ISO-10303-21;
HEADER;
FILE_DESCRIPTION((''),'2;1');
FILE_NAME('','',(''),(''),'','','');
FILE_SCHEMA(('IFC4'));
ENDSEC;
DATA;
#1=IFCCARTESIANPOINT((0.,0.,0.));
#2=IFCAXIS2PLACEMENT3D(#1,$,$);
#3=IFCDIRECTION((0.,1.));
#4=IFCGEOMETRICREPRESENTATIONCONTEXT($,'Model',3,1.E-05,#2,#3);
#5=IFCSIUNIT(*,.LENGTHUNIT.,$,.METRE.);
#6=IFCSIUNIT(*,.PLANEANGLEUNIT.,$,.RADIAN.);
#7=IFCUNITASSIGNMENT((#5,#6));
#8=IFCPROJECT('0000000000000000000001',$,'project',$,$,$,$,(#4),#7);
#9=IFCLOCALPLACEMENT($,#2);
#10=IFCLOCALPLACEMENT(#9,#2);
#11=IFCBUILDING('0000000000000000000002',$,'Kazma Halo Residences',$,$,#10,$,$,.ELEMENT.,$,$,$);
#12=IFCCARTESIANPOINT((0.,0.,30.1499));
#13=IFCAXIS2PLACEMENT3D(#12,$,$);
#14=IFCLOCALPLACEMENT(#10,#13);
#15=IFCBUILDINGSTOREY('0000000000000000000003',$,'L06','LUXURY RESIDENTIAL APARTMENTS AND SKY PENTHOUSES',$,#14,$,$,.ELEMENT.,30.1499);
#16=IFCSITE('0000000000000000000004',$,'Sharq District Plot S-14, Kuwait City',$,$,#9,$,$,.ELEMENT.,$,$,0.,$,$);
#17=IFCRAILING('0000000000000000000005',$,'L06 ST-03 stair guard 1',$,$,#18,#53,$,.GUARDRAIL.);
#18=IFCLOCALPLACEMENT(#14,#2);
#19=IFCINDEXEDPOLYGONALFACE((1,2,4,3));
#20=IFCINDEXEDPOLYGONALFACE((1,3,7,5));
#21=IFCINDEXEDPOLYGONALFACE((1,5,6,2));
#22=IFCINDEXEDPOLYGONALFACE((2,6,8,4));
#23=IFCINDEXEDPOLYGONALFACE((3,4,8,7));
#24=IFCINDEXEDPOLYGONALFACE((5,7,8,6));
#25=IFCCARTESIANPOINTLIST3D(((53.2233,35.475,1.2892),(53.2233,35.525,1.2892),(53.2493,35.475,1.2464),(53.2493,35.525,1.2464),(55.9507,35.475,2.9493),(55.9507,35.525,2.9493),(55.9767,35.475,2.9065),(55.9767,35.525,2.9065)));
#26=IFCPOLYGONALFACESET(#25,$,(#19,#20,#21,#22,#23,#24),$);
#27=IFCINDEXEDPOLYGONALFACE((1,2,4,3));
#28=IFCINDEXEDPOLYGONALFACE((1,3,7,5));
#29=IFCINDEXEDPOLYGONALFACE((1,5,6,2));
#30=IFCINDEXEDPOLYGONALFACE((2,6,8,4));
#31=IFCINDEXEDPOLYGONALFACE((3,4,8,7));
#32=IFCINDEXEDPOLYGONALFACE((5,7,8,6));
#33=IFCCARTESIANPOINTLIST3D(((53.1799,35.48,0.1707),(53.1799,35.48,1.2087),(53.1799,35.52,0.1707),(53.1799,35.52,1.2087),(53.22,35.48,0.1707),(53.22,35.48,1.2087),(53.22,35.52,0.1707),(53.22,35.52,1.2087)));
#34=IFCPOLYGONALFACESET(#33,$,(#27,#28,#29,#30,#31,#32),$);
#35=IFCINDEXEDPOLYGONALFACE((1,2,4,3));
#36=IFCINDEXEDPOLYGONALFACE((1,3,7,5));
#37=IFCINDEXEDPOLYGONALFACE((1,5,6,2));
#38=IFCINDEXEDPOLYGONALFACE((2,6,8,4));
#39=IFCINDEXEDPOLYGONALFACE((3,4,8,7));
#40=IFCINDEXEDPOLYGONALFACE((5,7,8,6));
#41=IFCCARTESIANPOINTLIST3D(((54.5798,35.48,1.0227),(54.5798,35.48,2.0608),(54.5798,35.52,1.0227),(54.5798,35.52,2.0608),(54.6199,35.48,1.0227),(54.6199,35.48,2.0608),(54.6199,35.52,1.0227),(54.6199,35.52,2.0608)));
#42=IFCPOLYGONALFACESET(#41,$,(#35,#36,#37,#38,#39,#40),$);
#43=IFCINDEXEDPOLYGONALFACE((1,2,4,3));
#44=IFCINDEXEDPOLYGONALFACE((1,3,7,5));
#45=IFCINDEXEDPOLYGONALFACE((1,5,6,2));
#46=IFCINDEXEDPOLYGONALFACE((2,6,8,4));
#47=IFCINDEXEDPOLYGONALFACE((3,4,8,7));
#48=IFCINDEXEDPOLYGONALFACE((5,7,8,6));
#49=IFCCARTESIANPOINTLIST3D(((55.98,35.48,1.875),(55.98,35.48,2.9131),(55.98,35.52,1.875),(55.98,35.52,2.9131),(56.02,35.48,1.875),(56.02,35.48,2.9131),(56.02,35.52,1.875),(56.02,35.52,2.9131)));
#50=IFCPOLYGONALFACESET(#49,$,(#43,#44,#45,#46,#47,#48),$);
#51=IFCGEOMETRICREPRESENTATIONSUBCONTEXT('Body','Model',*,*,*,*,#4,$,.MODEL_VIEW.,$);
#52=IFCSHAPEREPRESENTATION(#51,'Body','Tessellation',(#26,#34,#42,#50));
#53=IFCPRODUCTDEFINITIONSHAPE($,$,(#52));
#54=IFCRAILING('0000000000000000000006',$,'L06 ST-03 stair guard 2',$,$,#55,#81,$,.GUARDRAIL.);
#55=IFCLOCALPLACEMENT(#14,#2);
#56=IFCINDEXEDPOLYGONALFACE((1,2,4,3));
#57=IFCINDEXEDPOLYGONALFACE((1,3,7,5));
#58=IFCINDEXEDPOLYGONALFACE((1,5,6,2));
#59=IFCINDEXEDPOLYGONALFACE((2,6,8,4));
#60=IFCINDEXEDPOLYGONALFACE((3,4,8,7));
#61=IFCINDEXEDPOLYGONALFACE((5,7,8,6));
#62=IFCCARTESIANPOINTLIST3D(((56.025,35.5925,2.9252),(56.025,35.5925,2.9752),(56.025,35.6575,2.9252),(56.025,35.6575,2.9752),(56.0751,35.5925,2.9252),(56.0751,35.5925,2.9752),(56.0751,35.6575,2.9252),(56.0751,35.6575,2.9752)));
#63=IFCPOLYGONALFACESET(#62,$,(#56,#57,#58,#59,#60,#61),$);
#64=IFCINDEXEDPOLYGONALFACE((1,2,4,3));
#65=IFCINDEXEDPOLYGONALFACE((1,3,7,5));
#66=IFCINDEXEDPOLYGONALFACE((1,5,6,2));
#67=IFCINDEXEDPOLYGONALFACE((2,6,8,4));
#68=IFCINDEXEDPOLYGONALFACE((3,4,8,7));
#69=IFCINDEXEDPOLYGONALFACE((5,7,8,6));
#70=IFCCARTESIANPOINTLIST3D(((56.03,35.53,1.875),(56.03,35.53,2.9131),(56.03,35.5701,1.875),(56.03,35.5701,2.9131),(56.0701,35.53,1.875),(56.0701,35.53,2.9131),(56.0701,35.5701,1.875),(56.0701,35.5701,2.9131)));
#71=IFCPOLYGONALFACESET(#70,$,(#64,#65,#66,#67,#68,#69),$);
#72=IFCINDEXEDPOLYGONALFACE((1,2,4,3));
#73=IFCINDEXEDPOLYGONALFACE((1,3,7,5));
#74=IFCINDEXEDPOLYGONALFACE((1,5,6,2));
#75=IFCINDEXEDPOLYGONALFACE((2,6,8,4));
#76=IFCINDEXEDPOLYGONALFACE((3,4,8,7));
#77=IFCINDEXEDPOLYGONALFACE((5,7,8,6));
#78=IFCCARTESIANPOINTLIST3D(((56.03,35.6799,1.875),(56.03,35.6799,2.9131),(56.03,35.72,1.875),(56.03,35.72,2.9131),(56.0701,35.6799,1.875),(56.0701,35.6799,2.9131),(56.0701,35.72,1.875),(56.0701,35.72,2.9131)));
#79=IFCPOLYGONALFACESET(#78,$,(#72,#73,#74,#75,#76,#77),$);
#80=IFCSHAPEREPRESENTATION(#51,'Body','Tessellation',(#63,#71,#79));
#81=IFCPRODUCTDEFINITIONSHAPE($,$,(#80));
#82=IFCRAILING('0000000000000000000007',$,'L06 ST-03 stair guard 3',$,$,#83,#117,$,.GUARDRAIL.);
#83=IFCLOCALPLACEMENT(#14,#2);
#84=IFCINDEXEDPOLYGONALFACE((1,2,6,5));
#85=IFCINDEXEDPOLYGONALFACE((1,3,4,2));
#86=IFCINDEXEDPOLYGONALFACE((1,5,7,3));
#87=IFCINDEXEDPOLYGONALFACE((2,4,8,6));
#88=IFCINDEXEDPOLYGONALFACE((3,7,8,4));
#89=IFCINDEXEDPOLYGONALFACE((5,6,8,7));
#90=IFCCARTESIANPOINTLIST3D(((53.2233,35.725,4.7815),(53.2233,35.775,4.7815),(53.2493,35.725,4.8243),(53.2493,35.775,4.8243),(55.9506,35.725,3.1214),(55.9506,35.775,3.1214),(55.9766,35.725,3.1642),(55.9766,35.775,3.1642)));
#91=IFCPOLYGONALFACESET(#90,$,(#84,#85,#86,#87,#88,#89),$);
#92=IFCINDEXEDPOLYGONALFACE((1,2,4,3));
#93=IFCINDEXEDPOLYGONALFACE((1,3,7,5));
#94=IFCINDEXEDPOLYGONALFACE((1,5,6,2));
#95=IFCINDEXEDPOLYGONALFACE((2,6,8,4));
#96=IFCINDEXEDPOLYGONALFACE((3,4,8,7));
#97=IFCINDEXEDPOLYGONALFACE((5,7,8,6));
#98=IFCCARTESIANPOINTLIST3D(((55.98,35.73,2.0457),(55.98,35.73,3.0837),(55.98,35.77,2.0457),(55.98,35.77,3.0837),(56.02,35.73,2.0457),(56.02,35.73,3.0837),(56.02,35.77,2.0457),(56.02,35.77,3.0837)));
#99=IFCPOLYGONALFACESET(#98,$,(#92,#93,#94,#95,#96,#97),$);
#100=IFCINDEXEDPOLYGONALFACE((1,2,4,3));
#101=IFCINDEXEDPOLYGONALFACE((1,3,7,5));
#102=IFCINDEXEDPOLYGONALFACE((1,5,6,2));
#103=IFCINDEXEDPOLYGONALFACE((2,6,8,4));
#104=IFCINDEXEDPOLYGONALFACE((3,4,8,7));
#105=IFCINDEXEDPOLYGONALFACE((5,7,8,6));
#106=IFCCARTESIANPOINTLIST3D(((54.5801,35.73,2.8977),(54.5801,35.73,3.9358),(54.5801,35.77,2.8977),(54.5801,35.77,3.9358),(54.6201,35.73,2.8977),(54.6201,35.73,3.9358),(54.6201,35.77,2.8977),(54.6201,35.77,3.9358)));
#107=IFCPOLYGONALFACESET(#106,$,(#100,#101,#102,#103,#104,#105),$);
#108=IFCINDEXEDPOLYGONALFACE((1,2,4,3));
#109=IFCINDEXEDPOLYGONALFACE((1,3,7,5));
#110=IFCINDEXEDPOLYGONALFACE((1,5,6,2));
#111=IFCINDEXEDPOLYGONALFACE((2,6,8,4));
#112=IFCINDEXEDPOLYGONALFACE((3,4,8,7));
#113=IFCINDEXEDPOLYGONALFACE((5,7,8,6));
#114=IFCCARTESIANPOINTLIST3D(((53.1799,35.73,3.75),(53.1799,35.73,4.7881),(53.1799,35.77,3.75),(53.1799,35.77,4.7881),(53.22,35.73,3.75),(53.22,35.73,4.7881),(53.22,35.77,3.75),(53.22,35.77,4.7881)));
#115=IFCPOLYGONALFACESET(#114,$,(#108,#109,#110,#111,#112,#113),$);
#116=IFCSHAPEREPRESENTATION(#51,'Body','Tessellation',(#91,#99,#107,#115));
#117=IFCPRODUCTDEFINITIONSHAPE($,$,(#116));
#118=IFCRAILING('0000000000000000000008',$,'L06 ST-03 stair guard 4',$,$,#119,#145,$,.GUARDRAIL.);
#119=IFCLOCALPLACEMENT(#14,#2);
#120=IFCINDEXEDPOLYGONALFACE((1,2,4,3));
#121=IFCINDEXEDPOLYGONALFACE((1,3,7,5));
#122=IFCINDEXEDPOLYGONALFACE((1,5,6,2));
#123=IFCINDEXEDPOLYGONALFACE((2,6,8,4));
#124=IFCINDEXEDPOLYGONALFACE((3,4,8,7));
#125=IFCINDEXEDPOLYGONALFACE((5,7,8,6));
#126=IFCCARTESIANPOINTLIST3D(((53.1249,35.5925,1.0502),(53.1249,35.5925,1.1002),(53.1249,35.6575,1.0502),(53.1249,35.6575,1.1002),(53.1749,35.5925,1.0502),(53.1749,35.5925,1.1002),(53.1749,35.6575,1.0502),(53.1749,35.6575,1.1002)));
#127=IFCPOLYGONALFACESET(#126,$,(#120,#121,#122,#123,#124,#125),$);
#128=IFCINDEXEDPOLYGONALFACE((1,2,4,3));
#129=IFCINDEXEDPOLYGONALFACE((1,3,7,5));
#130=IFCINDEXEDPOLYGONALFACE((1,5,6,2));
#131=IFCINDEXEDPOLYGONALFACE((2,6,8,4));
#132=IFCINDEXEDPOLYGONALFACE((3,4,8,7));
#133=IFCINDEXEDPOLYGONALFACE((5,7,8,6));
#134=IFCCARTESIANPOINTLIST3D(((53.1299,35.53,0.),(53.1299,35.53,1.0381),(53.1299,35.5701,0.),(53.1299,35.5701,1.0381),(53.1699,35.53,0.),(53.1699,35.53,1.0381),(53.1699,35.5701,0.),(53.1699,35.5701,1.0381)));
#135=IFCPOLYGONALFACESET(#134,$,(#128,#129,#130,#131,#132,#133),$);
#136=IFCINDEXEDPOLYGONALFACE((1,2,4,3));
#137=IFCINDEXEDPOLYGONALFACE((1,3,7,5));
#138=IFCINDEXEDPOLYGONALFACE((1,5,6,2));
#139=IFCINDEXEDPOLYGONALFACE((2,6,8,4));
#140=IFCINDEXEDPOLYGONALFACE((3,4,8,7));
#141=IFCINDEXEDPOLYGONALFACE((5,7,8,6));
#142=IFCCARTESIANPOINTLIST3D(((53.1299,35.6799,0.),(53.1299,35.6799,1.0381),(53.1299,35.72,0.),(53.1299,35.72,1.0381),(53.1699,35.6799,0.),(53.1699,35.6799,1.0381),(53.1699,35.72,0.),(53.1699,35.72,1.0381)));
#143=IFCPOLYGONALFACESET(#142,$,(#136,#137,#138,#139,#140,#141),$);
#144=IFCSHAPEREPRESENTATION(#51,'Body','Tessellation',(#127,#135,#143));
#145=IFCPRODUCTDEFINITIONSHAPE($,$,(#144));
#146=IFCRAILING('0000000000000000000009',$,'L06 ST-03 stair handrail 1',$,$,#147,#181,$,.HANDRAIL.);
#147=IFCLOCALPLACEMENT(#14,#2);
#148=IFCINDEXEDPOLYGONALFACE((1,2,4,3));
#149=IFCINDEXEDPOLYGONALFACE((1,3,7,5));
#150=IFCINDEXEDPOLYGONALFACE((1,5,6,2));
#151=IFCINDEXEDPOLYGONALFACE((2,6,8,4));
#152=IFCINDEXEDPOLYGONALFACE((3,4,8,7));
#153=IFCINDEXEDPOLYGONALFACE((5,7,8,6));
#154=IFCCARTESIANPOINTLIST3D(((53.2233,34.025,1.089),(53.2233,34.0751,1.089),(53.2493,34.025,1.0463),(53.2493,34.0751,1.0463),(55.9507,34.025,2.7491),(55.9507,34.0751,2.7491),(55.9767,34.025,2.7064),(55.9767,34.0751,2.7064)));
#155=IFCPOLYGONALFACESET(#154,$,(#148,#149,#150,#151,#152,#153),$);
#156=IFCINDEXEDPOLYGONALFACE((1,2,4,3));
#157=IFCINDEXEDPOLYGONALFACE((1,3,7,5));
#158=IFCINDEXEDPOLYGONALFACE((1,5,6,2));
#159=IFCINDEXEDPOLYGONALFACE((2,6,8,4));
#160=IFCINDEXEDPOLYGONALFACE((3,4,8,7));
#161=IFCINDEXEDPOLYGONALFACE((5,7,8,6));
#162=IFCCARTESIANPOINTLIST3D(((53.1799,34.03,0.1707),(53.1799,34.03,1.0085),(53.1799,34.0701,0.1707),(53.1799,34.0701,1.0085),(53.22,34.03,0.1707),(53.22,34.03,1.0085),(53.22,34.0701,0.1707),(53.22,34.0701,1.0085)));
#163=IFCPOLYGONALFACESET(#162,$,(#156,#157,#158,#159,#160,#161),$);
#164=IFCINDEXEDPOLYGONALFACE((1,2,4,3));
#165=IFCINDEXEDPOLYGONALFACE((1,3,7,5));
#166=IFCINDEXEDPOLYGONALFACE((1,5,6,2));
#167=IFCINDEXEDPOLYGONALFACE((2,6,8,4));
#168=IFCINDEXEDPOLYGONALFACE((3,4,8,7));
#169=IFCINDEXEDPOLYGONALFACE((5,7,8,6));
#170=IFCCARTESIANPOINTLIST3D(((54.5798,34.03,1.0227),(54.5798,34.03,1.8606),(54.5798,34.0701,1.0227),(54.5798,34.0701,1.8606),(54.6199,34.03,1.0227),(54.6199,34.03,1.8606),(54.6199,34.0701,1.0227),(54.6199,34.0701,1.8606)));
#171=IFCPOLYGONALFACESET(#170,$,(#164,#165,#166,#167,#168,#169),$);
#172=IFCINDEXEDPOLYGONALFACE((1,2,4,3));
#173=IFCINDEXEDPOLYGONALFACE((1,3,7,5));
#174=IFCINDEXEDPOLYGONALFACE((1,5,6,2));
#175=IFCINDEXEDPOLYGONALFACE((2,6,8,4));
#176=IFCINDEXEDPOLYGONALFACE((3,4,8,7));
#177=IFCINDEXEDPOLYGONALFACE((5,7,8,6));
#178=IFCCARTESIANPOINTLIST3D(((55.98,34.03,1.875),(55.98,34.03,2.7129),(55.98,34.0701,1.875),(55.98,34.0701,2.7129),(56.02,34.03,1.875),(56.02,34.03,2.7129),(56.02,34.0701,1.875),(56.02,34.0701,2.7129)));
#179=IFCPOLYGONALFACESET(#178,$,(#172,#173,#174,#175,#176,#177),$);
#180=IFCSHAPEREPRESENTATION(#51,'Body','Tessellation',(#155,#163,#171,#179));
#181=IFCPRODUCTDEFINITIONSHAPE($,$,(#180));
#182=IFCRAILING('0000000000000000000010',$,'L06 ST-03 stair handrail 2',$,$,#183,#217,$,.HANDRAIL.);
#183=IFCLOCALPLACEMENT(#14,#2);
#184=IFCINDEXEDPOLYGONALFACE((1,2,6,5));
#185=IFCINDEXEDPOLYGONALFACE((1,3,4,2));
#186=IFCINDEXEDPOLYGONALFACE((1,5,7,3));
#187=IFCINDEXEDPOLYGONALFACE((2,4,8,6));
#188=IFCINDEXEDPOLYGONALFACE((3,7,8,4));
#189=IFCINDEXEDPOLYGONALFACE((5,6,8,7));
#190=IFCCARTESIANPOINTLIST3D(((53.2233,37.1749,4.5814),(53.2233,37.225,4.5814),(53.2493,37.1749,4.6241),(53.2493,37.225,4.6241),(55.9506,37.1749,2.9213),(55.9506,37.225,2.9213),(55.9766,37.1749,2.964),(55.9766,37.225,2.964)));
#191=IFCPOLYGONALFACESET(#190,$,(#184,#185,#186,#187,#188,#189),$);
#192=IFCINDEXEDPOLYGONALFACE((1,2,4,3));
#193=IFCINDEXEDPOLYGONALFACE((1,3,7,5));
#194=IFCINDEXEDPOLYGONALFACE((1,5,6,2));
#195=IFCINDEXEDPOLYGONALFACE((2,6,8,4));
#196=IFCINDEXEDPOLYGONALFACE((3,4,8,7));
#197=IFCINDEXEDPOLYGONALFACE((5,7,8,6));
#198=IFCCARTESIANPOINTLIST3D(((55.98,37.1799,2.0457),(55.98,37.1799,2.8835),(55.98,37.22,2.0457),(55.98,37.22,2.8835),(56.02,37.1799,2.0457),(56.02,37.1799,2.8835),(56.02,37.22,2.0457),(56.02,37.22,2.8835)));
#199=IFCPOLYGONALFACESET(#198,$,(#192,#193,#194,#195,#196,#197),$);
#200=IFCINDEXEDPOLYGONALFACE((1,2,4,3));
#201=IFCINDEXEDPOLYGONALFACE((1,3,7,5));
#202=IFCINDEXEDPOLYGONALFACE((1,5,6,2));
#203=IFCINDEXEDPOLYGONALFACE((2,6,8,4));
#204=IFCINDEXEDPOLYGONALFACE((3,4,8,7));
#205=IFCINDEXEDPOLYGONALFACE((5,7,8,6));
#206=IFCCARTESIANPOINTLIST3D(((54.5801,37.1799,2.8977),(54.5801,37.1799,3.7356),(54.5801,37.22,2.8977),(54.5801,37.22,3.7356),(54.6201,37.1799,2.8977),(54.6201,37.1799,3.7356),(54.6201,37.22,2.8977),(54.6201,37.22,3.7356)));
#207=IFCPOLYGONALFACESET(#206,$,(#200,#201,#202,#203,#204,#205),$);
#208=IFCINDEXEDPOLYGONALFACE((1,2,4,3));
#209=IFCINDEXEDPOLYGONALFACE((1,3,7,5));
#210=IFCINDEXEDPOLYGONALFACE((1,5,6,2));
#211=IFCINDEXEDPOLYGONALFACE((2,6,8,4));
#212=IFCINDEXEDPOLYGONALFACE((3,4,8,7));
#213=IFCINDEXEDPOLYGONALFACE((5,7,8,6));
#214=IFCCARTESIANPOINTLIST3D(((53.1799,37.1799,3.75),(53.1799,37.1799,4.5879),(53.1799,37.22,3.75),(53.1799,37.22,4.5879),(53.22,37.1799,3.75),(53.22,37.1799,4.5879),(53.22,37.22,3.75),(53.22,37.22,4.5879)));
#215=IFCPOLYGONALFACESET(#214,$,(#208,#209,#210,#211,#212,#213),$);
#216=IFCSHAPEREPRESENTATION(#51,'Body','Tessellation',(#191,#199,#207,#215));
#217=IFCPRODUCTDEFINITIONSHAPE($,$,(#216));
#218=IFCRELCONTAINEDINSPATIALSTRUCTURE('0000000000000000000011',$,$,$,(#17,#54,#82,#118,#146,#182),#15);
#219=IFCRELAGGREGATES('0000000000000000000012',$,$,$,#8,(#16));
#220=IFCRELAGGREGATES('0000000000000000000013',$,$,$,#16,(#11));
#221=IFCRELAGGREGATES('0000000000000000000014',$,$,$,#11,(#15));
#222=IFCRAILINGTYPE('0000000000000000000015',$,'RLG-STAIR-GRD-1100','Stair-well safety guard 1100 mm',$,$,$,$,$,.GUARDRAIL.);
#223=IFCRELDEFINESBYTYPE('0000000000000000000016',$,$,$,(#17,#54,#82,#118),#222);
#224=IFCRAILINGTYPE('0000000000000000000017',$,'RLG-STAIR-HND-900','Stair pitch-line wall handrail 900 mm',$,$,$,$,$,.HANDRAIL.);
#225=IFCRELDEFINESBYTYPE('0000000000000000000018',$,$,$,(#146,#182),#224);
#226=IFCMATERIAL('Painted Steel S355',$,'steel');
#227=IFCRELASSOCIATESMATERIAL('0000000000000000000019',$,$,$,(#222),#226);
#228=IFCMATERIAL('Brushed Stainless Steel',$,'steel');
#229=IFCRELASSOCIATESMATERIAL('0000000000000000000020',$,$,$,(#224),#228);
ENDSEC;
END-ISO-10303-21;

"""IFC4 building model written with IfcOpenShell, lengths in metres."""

from ifc_helpers import new_model, si_unit, direction, frame, origin, origin_2d, place, context, subcontext, project, spatial, rectangle, extrude, material, type_object, element, save


model = new_model("IFC4")

# Units and contexts
model_context = context("Model", 3, precision=1e-05, world=origin(), true_north=direction((0.0, 1.0)))
body_context = subcontext(model_context, "Body", "Model", "MODEL_VIEW")
ifc_project = project(units=[si_unit("LENGTHUNIT", "METRE"), si_unit("PLANEANGLEUNIT", "RADIAN")], contexts=[model_context])

# Site, building, storey
site_placement = place(None, origin())
site = spatial("IfcSite", under=ifc_project, at=site_placement, Name="Sharq District Plot S-14, Kuwait City", CompositionType="ELEMENT", RefElevation=0.0)
building_placement = place(site_placement, origin())
building = spatial("IfcBuilding", under=site, at=building_placement, Name="Kazma Halo Residences", CompositionType="ELEMENT")
storey_placement = place(building_placement, frame((0.0, 0.0, 30.1499)))
storey = spatial("IfcBuildingStorey", under=building, at=storey_placement, Name="L06", Description="LUXURY RESIDENTIAL APARTMENTS AND SKY PENTHOUSES", CompositionType="ELEMENT", Elevation=30.1499)

# Railings
ifc_material_1 = material(Name="Painted Steel S355", Category="steel")
railing_type_1 = type_object("IfcRailingType", Name="RLG-STAIR-GRD-1100", Description="Stair-well safety guard 1100 mm", PredefinedType="GUARDRAIL", material=ifc_material_1)
railing_1_placement = place(storey_placement, frame((53.2, 35.5, 0.1707)))
element("IfcRailing", 1, at=railing_1_placement, inside=storey, type_object=railing_type_1, Name="L06 ST-03 stair guard 1", PredefinedType="GUARDRAIL", context=body_context, shape_type="SweptSolid", body=[
    extrude(rectangle(XDim=0.05, YDim=0.05, at=origin_2d()), frame((0.0364, 0.0, 1.0972), z_axis=(0.854203, 0.0, 0.51994), x_axis=(0.0, 1.0, 0.0)), (0.0, 0.0, 1.0), 3.1929),
    extrude(rectangle(XDim=0.04, YDim=0.04, at=origin_2d()), origin(), (0.0, 0.0, 1.0), 1.0381),
    extrude(rectangle(XDim=0.04, YDim=0.04, at=origin_2d()), frame((1.3999, 0.0, 0.8521)), (0.0, 0.0, 1.0), 1.0381),
    extrude(rectangle(XDim=0.04, YDim=0.04, at=origin_2d()), frame((2.8, 0.0, 1.7043)), (0.0, 0.0, 1.0), 1.0381),
])
railing_2_placement = place(storey_placement, frame((56.05, 35.55, 1.875)))
element("IfcRailing", 2, at=railing_2_placement, inside=storey, type_object=railing_type_1, Name="L06 ST-03 stair guard 2", PredefinedType="GUARDRAIL", context=body_context, shape_type="SweptSolid", body=[
    extrude(rectangle(XDim=0.05, YDim=0.05, at=origin_2d()), frame((0.0, 0.0425, 1.0752), z_axis=(0.0, 1.0, 0.0), x_axis=(-1.0, 0.0, 0.0)), (0.0, 0.0, 1.0), 0.0649),
    extrude(rectangle(XDim=0.04, YDim=0.04, at=origin_2d()), origin(), (0.0, 0.0, 1.0), 1.0381),
    extrude(rectangle(XDim=0.04, YDim=0.04, at=origin_2d()), frame((0.0, 0.1499, 0.0)), (0.0, 0.0, 1.0), 1.0381),
])
railing_3_placement = place(storey_placement, frame((56.0, 35.75, 2.0457)))
element("IfcRailing", 3, at=railing_3_placement, inside=storey, type_object=railing_type_1, Name="L06 ST-03 stair guard 3", PredefinedType="GUARDRAIL", context=body_context, shape_type="SweptSolid", body=[
    extrude(rectangle(XDim=0.05, YDim=0.05, at=origin_2d()), frame((-0.0364, 0.0, 1.0972), z_axis=(-0.854203, 0.0, 0.51994), x_axis=(0.0, -1.0, 0.0)), (0.0, 0.0, 1.0), 3.1929),
    extrude(rectangle(XDim=0.04, YDim=0.04, at=origin_2d()), origin(), (0.0, 0.0, 1.0), 1.0381),
    extrude(rectangle(XDim=0.04, YDim=0.04, at=origin_2d()), frame((-1.3999, 0.0, 0.8521)), (0.0, 0.0, 1.0), 1.0381),
    extrude(rectangle(XDim=0.04, YDim=0.04, at=origin_2d()), frame((-2.8, 0.0, 1.7043)), (0.0, 0.0, 1.0), 1.0381),
])
railing_4_placement = place(storey_placement, frame((53.1499, 35.55, 0.0)))
element("IfcRailing", 4, at=railing_4_placement, inside=storey, type_object=railing_type_1, Name="L06 ST-03 stair guard 4", PredefinedType="GUARDRAIL", context=body_context, shape_type="SweptSolid", body=[
    extrude(rectangle(XDim=0.05, YDim=0.05, at=origin_2d()), frame((0.0, 0.0425, 1.0752), z_axis=(0.0, 1.0, 0.0), x_axis=(-1.0, 0.0, 0.0)), (0.0, 0.0, 1.0), 0.0649),
    extrude(rectangle(XDim=0.04, YDim=0.04, at=origin_2d()), origin(), (0.0, 0.0, 1.0), 1.0381),
    extrude(rectangle(XDim=0.04, YDim=0.04, at=origin_2d()), frame((0.0, 0.1499, 0.0)), (0.0, 0.0, 1.0), 1.0381),
])
ifc_material_2 = material(Name="Brushed Stainless Steel", Category="steel")
railing_type_2 = type_object("IfcRailingType", Name="RLG-STAIR-HND-900", Description="Stair pitch-line wall handrail 900 mm", PredefinedType="HANDRAIL", material=ifc_material_2)
railing_5_placement = place(storey_placement, frame((53.2, 34.05, 0.1707)))
element("IfcRailing", 5, at=railing_5_placement, inside=storey, type_object=railing_type_2, Name="L06 ST-03 stair handrail 1", PredefinedType="HANDRAIL", context=body_context, shape_type="SweptSolid", body=[
    extrude(rectangle(XDim=0.05, YDim=0.05, at=origin_2d()), frame((0.0364, 0.0, 0.897), z_axis=(0.854203, 0.0, 0.51994), x_axis=(0.0, 1.0, 0.0)), (0.0, 0.0, 1.0), 3.1929),
    extrude(rectangle(XDim=0.04, YDim=0.04, at=origin_2d()), origin(), (0.0, 0.0, 1.0), 0.8379),
    extrude(rectangle(XDim=0.04, YDim=0.04, at=origin_2d()), frame((1.3999, 0.0, 0.8521)), (0.0, 0.0, 1.0), 0.8379),
    extrude(rectangle(XDim=0.04, YDim=0.04, at=origin_2d()), frame((2.8, 0.0, 1.7043)), (0.0, 0.0, 1.0), 0.8379),
])
railing_6_placement = place(storey_placement, frame((56.0, 37.2, 2.0457)))
element("IfcRailing", 6, at=railing_6_placement, inside=storey, type_object=railing_type_2, Name="L06 ST-03 stair handrail 2", PredefinedType="HANDRAIL", context=body_context, shape_type="SweptSolid", body=[
    extrude(rectangle(XDim=0.05, YDim=0.05, at=origin_2d()), frame((-0.0364, 0.0, 0.897), z_axis=(-0.854203, 0.0, 0.51994), x_axis=(0.0, -1.0, 0.0)), (0.0, 0.0, 1.0), 3.1929),
    extrude(rectangle(XDim=0.04, YDim=0.04, at=origin_2d()), origin(), (0.0, 0.0, 1.0), 0.8379),
    extrude(rectangle(XDim=0.04, YDim=0.04, at=origin_2d()), frame((-1.3999, 0.0, 0.8521)), (0.0, 0.0, 1.0), 0.8379),
    extrude(rectangle(XDim=0.04, YDim=0.04, at=origin_2d()), frame((-2.8, 0.0, 1.7043)), (0.0, 0.0, 1.0), 0.8379),
])

save(model, "model.ifc")
